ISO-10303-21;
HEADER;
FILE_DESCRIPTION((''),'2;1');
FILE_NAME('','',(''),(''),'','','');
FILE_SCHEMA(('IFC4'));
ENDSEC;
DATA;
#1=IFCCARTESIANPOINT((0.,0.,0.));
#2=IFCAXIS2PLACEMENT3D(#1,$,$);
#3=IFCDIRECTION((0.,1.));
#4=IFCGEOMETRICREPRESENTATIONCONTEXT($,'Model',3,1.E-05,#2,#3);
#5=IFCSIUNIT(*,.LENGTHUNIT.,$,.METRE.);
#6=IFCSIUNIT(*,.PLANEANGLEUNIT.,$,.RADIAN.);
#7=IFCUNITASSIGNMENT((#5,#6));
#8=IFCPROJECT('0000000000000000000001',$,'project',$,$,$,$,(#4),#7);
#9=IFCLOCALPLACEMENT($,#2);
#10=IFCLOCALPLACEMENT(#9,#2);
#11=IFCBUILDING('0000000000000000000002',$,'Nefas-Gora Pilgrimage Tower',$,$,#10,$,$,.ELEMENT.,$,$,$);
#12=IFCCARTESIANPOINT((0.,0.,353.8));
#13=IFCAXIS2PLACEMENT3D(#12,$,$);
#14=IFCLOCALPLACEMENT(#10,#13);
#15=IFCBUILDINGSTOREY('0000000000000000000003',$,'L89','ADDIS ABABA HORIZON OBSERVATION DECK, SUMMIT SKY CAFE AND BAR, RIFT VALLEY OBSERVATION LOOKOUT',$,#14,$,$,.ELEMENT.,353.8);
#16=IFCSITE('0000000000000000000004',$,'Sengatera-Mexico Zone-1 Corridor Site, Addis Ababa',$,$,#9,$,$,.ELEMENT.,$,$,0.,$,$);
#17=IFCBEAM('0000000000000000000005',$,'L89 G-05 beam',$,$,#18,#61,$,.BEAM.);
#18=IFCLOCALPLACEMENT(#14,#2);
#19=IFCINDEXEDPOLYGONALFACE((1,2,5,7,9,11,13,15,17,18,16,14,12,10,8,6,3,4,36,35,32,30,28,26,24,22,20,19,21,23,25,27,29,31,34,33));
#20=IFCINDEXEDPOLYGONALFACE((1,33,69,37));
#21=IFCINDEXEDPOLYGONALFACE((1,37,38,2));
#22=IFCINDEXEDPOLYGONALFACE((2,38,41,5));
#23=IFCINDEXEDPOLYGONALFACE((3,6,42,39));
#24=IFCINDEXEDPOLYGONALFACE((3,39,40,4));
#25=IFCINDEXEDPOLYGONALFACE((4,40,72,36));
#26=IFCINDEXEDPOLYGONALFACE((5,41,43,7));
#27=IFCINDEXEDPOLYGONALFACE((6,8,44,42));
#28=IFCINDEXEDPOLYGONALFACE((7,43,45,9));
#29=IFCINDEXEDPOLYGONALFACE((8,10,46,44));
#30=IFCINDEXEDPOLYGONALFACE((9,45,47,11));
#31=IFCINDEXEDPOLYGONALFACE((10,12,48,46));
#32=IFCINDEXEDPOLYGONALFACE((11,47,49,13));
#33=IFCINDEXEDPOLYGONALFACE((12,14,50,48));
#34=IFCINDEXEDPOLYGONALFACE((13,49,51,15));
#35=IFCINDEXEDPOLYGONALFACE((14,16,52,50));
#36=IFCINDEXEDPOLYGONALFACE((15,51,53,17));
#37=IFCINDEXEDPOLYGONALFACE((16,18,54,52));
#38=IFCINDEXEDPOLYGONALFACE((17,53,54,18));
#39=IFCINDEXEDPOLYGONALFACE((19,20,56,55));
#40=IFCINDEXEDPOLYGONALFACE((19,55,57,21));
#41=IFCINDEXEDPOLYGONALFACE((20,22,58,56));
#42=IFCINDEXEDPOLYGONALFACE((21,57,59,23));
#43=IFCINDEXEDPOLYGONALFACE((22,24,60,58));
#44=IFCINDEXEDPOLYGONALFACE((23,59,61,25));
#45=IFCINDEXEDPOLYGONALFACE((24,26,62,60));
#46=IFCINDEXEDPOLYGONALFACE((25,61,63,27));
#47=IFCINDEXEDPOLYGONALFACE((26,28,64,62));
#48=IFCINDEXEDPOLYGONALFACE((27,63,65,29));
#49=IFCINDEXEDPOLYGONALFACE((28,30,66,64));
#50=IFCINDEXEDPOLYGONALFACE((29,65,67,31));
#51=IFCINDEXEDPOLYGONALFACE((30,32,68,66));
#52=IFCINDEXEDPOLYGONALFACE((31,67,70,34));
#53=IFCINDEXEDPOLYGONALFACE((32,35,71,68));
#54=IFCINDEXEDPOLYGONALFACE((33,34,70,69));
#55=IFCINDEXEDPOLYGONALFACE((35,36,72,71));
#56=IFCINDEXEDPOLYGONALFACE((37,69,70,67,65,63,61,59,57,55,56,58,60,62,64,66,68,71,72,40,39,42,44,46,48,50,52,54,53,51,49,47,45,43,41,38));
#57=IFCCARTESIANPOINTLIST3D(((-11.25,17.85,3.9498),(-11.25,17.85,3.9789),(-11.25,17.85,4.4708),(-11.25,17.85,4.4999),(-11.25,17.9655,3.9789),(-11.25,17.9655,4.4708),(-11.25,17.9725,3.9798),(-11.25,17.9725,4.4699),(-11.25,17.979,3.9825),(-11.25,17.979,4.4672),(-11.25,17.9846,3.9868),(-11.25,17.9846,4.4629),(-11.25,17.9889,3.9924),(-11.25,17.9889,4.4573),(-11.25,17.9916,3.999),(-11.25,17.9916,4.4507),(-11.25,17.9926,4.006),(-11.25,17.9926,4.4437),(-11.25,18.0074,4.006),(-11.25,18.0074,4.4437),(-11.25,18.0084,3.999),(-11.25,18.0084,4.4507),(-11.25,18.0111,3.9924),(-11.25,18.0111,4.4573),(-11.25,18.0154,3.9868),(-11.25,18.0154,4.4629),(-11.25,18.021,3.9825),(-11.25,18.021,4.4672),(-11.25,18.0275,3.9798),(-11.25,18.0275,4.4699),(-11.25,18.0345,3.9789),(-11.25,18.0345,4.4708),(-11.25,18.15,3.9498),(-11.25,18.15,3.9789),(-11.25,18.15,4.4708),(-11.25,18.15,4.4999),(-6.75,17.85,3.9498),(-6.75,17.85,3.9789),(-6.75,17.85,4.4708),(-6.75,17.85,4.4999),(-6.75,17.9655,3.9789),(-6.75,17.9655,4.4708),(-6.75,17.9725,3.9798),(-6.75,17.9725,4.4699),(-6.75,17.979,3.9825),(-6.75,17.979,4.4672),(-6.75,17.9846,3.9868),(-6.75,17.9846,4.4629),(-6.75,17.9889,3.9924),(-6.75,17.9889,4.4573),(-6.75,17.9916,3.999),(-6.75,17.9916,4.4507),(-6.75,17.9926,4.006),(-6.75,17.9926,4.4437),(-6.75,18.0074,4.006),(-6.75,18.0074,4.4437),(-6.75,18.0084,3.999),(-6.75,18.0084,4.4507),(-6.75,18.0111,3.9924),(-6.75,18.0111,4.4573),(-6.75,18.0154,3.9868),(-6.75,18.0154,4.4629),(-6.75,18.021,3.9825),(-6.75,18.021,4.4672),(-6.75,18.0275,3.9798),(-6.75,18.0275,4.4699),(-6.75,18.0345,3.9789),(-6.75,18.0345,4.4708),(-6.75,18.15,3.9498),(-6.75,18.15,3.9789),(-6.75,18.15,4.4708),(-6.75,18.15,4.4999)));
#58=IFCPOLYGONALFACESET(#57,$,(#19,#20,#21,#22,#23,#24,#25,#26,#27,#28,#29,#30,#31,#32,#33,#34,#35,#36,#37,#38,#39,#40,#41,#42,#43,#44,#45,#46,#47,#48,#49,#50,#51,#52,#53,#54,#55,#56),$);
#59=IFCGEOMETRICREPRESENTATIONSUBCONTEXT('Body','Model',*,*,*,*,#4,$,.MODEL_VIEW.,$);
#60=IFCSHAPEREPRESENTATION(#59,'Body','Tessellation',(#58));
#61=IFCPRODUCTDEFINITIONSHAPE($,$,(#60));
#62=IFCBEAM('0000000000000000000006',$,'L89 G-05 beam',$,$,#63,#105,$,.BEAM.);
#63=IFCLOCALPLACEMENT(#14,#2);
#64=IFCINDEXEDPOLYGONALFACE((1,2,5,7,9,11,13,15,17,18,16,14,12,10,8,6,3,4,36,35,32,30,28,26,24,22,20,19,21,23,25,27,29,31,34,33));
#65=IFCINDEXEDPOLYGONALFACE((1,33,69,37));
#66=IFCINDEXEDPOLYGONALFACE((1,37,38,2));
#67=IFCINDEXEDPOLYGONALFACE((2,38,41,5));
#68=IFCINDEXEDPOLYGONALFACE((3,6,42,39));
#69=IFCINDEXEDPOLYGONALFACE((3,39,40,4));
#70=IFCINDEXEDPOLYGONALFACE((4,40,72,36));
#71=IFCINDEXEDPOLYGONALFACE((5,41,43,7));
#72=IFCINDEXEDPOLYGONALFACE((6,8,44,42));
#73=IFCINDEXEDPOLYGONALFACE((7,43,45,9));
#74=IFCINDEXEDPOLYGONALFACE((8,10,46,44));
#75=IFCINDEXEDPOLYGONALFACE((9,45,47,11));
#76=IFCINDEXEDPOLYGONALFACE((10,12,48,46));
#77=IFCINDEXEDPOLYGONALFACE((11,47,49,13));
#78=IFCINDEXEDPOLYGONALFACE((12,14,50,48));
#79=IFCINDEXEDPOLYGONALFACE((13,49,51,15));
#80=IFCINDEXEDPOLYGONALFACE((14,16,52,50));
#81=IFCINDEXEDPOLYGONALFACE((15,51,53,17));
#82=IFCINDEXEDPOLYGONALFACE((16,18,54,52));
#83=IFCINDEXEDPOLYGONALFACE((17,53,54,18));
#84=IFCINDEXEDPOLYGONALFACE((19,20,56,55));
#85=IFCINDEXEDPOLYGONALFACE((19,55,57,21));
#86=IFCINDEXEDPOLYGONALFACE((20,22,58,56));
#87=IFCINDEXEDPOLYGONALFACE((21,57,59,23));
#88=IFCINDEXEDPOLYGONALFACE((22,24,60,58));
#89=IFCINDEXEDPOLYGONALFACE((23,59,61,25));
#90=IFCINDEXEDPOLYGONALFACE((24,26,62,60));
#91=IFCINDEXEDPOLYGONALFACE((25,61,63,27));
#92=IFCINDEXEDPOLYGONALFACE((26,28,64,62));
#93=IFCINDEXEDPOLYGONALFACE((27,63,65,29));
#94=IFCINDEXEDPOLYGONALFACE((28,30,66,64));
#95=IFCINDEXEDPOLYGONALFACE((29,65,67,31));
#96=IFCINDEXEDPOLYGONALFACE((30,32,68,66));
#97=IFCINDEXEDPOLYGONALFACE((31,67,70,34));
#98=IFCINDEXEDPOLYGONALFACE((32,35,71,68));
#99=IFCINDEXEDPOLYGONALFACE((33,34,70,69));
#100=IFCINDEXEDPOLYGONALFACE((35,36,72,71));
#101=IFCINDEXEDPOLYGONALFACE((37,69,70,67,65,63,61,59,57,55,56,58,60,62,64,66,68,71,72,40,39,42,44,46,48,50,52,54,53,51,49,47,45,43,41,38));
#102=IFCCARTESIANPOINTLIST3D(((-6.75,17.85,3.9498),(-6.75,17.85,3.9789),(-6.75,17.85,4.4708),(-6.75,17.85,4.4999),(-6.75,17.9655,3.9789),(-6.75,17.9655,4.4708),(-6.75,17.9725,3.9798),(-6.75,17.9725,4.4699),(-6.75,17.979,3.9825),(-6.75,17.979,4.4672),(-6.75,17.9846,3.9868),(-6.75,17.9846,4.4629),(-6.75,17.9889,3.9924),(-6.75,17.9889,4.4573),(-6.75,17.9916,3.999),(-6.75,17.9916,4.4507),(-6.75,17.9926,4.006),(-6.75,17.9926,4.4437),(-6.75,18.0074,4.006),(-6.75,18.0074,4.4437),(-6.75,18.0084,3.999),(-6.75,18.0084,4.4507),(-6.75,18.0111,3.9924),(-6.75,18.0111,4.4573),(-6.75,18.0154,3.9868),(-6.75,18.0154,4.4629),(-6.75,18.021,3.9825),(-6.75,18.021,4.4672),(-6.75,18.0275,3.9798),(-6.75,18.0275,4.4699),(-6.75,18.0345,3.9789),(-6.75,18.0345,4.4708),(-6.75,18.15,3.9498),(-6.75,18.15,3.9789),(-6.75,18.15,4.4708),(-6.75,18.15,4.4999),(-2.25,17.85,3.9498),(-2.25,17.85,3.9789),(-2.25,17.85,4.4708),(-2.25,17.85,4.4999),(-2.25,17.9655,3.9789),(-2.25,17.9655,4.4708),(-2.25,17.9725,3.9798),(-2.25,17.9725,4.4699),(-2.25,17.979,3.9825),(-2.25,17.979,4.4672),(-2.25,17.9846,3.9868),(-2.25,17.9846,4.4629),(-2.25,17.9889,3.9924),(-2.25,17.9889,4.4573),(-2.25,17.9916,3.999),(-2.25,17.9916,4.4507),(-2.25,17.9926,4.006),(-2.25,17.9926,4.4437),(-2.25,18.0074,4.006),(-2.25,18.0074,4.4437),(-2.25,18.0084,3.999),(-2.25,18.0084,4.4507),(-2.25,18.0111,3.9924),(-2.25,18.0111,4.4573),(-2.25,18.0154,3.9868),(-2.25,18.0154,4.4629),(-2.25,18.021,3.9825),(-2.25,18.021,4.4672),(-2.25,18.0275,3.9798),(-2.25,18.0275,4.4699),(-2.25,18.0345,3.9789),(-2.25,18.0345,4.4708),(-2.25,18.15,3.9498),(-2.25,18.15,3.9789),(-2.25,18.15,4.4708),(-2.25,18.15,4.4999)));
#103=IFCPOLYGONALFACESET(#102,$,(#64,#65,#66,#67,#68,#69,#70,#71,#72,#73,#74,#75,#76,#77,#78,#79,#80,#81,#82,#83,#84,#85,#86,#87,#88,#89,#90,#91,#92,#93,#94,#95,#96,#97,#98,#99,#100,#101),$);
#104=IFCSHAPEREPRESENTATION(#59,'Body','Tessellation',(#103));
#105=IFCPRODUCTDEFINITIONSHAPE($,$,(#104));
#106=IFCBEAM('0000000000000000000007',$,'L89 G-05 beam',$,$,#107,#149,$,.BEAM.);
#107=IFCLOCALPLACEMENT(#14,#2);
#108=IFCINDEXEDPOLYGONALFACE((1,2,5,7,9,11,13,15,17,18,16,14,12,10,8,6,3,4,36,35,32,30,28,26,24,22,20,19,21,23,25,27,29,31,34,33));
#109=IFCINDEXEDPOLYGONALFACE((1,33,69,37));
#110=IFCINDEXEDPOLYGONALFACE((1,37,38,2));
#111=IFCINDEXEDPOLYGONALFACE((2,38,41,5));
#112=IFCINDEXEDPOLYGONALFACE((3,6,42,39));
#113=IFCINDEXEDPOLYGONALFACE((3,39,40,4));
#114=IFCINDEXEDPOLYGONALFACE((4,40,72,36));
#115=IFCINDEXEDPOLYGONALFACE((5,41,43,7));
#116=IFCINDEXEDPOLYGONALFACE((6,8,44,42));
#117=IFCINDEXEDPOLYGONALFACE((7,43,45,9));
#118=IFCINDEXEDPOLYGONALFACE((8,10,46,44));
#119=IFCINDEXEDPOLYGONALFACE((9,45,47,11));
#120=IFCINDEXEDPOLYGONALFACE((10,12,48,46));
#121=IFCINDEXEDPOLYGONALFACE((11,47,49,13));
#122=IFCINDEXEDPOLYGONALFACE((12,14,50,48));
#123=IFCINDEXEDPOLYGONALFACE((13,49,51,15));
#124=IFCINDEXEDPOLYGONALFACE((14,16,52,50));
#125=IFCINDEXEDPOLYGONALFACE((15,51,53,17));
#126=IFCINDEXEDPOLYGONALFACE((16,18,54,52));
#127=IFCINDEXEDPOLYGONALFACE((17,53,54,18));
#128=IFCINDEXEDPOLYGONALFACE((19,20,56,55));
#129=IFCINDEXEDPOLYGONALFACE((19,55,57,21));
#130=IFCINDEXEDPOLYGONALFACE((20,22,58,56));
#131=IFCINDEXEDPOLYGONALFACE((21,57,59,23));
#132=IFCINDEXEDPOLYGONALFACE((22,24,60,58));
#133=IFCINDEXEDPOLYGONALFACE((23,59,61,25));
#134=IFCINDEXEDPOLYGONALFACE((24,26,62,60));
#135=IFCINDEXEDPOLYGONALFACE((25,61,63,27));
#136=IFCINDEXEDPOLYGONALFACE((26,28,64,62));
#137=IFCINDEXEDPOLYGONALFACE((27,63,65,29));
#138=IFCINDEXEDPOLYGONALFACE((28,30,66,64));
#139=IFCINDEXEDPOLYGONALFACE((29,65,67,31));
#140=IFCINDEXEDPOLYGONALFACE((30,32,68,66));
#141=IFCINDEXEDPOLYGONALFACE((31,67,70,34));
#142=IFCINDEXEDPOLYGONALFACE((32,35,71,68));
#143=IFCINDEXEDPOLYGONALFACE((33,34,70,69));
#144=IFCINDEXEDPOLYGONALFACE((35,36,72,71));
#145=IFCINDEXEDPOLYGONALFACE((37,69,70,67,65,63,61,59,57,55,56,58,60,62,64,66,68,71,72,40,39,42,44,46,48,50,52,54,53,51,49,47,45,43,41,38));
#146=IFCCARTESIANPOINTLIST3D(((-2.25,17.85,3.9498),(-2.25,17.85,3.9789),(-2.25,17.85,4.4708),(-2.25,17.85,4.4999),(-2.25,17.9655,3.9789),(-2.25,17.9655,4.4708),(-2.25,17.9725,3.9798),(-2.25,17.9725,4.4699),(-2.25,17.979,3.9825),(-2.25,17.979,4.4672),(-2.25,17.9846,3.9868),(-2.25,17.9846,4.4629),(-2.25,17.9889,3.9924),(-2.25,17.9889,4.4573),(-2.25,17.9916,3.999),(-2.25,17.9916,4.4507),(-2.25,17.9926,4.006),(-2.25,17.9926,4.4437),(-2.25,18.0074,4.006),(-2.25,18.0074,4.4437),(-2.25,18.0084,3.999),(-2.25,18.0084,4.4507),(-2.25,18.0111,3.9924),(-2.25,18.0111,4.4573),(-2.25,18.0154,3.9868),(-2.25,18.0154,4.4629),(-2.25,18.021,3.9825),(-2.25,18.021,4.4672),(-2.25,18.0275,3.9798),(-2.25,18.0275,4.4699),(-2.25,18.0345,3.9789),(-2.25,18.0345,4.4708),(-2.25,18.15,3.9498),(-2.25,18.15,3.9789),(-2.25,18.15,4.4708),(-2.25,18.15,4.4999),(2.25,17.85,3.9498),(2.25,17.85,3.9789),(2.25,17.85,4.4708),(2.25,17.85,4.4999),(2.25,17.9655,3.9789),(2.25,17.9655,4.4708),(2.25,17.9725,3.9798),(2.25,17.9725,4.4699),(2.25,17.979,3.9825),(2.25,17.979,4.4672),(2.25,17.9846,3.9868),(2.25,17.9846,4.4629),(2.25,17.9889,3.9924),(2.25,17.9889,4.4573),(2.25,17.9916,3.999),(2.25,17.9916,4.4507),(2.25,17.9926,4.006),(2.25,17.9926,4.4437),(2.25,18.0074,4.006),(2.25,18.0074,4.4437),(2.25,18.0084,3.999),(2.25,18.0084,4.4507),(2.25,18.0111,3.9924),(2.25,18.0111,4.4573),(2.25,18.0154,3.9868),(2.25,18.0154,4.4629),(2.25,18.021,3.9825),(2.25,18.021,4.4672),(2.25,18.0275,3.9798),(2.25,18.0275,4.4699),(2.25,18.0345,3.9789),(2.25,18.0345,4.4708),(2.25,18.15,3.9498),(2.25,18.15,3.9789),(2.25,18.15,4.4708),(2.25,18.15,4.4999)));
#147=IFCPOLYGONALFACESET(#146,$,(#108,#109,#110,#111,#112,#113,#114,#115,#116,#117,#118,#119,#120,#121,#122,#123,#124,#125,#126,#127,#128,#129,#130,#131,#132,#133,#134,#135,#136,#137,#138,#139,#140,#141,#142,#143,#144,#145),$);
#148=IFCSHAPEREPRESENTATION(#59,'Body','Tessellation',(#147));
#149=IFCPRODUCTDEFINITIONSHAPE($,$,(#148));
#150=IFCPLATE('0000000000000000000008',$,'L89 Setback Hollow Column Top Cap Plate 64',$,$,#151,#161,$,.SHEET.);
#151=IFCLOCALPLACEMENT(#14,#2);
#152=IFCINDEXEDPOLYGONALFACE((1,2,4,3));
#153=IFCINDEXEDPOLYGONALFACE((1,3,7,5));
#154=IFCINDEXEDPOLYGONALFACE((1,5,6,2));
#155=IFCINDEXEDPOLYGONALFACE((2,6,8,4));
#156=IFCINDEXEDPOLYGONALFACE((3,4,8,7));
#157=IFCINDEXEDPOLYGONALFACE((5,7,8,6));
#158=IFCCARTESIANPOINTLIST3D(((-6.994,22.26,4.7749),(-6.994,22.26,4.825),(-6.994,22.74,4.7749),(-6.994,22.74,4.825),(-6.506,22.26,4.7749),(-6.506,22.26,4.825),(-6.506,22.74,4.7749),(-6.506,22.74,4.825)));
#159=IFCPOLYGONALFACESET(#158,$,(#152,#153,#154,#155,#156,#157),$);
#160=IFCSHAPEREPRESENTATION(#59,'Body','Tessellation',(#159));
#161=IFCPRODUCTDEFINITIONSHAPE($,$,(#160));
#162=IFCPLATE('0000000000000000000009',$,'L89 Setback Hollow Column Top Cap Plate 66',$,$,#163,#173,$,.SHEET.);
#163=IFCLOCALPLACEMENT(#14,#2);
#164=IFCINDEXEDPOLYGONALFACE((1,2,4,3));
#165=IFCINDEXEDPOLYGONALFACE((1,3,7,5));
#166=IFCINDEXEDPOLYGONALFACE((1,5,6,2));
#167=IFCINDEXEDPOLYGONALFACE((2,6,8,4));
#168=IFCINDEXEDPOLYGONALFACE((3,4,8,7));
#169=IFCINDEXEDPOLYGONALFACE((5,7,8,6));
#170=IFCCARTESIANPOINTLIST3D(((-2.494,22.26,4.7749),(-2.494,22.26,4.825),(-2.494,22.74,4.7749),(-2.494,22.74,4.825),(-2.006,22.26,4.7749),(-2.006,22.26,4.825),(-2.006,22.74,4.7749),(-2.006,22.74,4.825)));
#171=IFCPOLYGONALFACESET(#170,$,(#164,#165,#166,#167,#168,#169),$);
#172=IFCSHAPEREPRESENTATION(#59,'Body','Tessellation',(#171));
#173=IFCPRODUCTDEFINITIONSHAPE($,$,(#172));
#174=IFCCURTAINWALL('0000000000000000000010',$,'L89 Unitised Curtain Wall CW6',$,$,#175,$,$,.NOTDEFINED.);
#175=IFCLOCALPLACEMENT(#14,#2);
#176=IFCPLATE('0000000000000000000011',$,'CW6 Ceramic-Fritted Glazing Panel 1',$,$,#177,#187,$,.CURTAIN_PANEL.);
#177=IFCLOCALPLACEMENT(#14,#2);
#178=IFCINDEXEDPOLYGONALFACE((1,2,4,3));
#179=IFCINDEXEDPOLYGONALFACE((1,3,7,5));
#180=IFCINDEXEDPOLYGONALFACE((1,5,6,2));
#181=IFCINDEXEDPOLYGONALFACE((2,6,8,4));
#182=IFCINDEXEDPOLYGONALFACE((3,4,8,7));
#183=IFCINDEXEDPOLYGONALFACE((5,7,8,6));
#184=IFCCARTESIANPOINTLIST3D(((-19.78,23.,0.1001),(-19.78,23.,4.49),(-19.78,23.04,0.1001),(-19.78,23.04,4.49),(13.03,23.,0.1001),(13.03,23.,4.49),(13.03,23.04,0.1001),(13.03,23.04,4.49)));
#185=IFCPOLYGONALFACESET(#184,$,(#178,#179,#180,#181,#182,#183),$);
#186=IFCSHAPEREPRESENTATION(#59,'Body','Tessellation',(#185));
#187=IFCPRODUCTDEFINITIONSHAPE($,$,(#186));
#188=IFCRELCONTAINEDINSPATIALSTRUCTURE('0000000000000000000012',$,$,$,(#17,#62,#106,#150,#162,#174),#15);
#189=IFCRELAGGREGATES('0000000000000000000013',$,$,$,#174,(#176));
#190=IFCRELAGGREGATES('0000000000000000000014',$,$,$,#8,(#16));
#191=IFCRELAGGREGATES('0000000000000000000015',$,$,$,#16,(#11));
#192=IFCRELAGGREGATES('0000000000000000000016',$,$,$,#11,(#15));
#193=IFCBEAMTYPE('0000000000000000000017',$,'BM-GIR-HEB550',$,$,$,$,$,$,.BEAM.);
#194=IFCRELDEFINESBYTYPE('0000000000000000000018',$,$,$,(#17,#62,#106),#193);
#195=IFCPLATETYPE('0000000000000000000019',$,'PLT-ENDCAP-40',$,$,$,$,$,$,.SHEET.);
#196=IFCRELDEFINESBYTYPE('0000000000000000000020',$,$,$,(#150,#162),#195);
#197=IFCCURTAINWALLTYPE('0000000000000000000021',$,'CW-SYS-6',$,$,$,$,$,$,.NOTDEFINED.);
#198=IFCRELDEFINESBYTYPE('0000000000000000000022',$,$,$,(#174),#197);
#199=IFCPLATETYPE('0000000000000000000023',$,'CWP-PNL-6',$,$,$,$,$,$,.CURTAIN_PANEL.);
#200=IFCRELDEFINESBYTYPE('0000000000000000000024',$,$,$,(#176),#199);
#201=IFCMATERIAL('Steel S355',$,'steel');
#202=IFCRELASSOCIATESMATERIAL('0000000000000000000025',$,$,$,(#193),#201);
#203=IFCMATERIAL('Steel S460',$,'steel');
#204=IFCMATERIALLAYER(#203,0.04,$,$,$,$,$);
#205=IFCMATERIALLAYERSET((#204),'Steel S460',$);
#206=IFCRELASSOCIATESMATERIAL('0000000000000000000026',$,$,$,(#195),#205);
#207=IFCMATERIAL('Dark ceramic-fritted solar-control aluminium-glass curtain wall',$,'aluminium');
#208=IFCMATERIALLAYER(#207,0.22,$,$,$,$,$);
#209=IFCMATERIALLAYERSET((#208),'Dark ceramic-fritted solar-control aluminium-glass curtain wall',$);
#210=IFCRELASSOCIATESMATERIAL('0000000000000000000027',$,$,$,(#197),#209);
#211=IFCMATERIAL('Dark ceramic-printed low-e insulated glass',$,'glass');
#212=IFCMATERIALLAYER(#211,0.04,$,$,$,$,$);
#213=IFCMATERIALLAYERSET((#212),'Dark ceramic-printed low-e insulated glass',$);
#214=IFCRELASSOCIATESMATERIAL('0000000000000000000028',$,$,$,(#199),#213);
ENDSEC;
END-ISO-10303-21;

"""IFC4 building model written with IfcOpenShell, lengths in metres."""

from ifc_helpers import new_model, si_unit, direction, frame, origin, origin_2d, place, context, subcontext, project, spatial, rectangle, i_section, extrude, source, transform, mapped, material, layer, layer_set, material_profile, profile_set, type_object, element, aggregate, save


model = new_model("IFC4")

# Units and contexts
model_context = context("Model", 3, precision=1e-05, world=origin(), true_north=direction((0.0, 1.0)))
body_context = subcontext(model_context, "Body", "Model", "MODEL_VIEW")
ifc_project = project(units=[si_unit("LENGTHUNIT", "METRE"), si_unit("PLANEANGLEUNIT", "RADIAN")], contexts=[model_context])

# Site, building, storey
site_placement = place(None, origin())
site = spatial("IfcSite", under=ifc_project, at=site_placement, Name="Sengatera-Mexico Zone-1 Corridor Site, Addis Ababa", CompositionType="ELEMENT", RefElevation=0.0)
building_placement = place(site_placement, origin())
building = spatial("IfcBuilding", under=site, at=building_placement, Name="Nefas-Gora Pilgrimage Tower", CompositionType="ELEMENT")
storey_placement = place(building_placement, frame((0.0, 0.0, 353.8)))
storey = spatial("IfcBuildingStorey", under=building, at=storey_placement, Name="L89", Description="ADDIS ABABA HORIZON OBSERVATION DECK, SUMMIT SKY CAFE AND BAR, RIFT VALLEY OBSERVATION LOOKOUT", CompositionType="ELEMENT", Elevation=353.8)

# Shared definitions
ifc_material_1 = material(Name="Steel S355", Category="steel")

# Beams
ifc_material_profile_1 = material_profile(ifc_material_1, i_section(OverallWidth=0.3, OverallDepth=0.55, WebThickness=0.0149, FlangeThickness=0.0291, FilletRadius=0.0271, at=origin_2d()), Name="HEB 550")
ifc_profile_set_1 = profile_set([ifc_material_profile_1], Name="Steel S355")
beam_type_1 = type_object("IfcBeamType", Name="BM-GIR-HEB550", PredefinedType="BEAM", material=ifc_profile_set_1)
shared_shape_1 = source(origin(), body_context, "Body", "SweptSolid", [
    extrude(i_section(OverallWidth=0.3, OverallDepth=0.55, WebThickness=0.0149, FlangeThickness=0.0291, FilletRadius=0.0271, at=origin_2d()), origin(), (0.0, 0.0, 1.0), 4.5),
])
for number, where, z_axis, x_axis, name in (
    (1, (-11.25, 18.0, 4.2249), (1.0, 0.0, 0.0), (0.0, 1.0, 0.0), "L89 G-05 beam"),
    (2, (-6.75, 18.0, 4.2249), (1.0, 0.0, 0.0), (0.0, 1.0, 0.0), "L89 G-05 beam"),
    (3, (-2.25, 18.0, 4.2249), (1.0, 0.0, 0.0), (0.0, 1.0, 0.0), "L89 G-05 beam"),
):
    element("IfcBeam", number, at=place(storey_placement, frame(where, z_axis=z_axis, x_axis=x_axis)), inside=storey, type_object=beam_type_1, Name=name, PredefinedType="BEAM", context=body_context, shape_type="MappedRepresentation", body=[
        mapped(shared_shape_1, transform((0.0, 0.0, 0.0), x_axis=(1.0, 0.0, 0.0), y_axis=(0.0, 1.0, 0.0), z_axis=(0.0, 0.0, 1.0), scale=1.0)),
    ])

# Plates
ifc_material_2 = material(Name="Steel S460", Category="steel")
ifc_layer_1 = layer(ifc_material_2, 0.04)
ifc_layer_set_1 = layer_set([ifc_layer_1], Name="Steel S460")
plate_type_1 = type_object("IfcPlateType", Name="PLT-ENDCAP-40", PredefinedType="SHEET", material=ifc_layer_set_1)
shared_shape_2 = source(origin(), body_context, "Body", "SweptSolid", [
    extrude(rectangle(XDim=0.488, YDim=0.48, at=origin_2d()), origin(), (0.0, 0.0, 1.0), 0.05),
])
for number, where, z_axis, x_axis, name in (
    (4, (-6.75, 22.5, 4.7749), (0.0, 0.0, 1.0), (1.0, 0.0, 0.0), "L89 Setback Hollow Column Top Cap Plate 64"),
    (5, (-2.25, 22.5, 4.7749), (0.0, 0.0, 1.0), (1.0, 0.0, 0.0), "L89 Setback Hollow Column Top Cap Plate 66"),
):
    element("IfcPlate", number, at=place(storey_placement, frame(where, z_axis=z_axis, x_axis=x_axis)), inside=storey, type_object=plate_type_1, Name=name, PredefinedType="SHEET", context=body_context, shape_type="MappedRepresentation", body=[
        mapped(shared_shape_2, transform((0.0, 0.0, 0.0), x_axis=(1.0, 0.0, 0.0), y_axis=(0.0, 1.0, 0.0), z_axis=(0.0, 0.0, 1.0), scale=1.0)),
    ])

# Curtain wall, plate
ifc_material_3 = material(Name="Dark ceramic-fritted solar-control aluminium-glass curtain wall", Category="aluminium")
ifc_layer_2 = layer(ifc_material_3, 0.22)
ifc_layer_set_2 = layer_set([ifc_layer_2], Name="Dark ceramic-fritted solar-control aluminium-glass curtain wall")
curtain_wall_type = type_object("IfcCurtainWallType", Name="CW-SYS-6", PredefinedType="NOTDEFINED", material=ifc_layer_set_2)
curtain_wall_placement = place(storey_placement, origin())
curtain_wall = element("IfcCurtainWall", 6, at=curtain_wall_placement, inside=storey, type_object=curtain_wall_type, Name="L89 Unitised Curtain Wall CW6", PredefinedType="NOTDEFINED")
ifc_material_4 = material(Name="Dark ceramic-printed low-e insulated glass", Category="glass")
ifc_layer_3 = layer(ifc_material_4, 0.04)
ifc_layer_set_3 = layer_set([ifc_layer_3], Name="Dark ceramic-printed low-e insulated glass")
plate_type_2 = type_object("IfcPlateType", Name="CWP-PNL-6", PredefinedType="CURTAIN_PANEL", material=ifc_layer_set_3)
shared_shape_3 = source(origin(), body_context, "Body", "SweptSolid", [
    extrude(rectangle(XDim=32.8101, YDim=0.04, at=origin_2d()), origin(), (0.0, 0.0, 1.0), 4.3899),
])
plate_placement = place(storey_placement, frame((-3.375, 23.02, 0.1001), z_axis=(0.0, 0.0, 1.0), x_axis=(-1.0, 0.0, 0.0)))
plate = element("IfcPlate", 7, at=plate_placement, type_object=plate_type_2, Name="CW6 Ceramic-Fritted Glazing Panel 1", PredefinedType="CURTAIN_PANEL", context=body_context, shape_type="MappedRepresentation", body=[
    mapped(shared_shape_3, transform((0.0, 0.0, 0.0), x_axis=(1.0, 0.0, 0.0), y_axis=(0.0, 1.0, 0.0), z_axis=(0.0, 0.0, 1.0), scale=1.0)),
])
aggregate(curtain_wall, [plate])

save(model, "model.ifc")
